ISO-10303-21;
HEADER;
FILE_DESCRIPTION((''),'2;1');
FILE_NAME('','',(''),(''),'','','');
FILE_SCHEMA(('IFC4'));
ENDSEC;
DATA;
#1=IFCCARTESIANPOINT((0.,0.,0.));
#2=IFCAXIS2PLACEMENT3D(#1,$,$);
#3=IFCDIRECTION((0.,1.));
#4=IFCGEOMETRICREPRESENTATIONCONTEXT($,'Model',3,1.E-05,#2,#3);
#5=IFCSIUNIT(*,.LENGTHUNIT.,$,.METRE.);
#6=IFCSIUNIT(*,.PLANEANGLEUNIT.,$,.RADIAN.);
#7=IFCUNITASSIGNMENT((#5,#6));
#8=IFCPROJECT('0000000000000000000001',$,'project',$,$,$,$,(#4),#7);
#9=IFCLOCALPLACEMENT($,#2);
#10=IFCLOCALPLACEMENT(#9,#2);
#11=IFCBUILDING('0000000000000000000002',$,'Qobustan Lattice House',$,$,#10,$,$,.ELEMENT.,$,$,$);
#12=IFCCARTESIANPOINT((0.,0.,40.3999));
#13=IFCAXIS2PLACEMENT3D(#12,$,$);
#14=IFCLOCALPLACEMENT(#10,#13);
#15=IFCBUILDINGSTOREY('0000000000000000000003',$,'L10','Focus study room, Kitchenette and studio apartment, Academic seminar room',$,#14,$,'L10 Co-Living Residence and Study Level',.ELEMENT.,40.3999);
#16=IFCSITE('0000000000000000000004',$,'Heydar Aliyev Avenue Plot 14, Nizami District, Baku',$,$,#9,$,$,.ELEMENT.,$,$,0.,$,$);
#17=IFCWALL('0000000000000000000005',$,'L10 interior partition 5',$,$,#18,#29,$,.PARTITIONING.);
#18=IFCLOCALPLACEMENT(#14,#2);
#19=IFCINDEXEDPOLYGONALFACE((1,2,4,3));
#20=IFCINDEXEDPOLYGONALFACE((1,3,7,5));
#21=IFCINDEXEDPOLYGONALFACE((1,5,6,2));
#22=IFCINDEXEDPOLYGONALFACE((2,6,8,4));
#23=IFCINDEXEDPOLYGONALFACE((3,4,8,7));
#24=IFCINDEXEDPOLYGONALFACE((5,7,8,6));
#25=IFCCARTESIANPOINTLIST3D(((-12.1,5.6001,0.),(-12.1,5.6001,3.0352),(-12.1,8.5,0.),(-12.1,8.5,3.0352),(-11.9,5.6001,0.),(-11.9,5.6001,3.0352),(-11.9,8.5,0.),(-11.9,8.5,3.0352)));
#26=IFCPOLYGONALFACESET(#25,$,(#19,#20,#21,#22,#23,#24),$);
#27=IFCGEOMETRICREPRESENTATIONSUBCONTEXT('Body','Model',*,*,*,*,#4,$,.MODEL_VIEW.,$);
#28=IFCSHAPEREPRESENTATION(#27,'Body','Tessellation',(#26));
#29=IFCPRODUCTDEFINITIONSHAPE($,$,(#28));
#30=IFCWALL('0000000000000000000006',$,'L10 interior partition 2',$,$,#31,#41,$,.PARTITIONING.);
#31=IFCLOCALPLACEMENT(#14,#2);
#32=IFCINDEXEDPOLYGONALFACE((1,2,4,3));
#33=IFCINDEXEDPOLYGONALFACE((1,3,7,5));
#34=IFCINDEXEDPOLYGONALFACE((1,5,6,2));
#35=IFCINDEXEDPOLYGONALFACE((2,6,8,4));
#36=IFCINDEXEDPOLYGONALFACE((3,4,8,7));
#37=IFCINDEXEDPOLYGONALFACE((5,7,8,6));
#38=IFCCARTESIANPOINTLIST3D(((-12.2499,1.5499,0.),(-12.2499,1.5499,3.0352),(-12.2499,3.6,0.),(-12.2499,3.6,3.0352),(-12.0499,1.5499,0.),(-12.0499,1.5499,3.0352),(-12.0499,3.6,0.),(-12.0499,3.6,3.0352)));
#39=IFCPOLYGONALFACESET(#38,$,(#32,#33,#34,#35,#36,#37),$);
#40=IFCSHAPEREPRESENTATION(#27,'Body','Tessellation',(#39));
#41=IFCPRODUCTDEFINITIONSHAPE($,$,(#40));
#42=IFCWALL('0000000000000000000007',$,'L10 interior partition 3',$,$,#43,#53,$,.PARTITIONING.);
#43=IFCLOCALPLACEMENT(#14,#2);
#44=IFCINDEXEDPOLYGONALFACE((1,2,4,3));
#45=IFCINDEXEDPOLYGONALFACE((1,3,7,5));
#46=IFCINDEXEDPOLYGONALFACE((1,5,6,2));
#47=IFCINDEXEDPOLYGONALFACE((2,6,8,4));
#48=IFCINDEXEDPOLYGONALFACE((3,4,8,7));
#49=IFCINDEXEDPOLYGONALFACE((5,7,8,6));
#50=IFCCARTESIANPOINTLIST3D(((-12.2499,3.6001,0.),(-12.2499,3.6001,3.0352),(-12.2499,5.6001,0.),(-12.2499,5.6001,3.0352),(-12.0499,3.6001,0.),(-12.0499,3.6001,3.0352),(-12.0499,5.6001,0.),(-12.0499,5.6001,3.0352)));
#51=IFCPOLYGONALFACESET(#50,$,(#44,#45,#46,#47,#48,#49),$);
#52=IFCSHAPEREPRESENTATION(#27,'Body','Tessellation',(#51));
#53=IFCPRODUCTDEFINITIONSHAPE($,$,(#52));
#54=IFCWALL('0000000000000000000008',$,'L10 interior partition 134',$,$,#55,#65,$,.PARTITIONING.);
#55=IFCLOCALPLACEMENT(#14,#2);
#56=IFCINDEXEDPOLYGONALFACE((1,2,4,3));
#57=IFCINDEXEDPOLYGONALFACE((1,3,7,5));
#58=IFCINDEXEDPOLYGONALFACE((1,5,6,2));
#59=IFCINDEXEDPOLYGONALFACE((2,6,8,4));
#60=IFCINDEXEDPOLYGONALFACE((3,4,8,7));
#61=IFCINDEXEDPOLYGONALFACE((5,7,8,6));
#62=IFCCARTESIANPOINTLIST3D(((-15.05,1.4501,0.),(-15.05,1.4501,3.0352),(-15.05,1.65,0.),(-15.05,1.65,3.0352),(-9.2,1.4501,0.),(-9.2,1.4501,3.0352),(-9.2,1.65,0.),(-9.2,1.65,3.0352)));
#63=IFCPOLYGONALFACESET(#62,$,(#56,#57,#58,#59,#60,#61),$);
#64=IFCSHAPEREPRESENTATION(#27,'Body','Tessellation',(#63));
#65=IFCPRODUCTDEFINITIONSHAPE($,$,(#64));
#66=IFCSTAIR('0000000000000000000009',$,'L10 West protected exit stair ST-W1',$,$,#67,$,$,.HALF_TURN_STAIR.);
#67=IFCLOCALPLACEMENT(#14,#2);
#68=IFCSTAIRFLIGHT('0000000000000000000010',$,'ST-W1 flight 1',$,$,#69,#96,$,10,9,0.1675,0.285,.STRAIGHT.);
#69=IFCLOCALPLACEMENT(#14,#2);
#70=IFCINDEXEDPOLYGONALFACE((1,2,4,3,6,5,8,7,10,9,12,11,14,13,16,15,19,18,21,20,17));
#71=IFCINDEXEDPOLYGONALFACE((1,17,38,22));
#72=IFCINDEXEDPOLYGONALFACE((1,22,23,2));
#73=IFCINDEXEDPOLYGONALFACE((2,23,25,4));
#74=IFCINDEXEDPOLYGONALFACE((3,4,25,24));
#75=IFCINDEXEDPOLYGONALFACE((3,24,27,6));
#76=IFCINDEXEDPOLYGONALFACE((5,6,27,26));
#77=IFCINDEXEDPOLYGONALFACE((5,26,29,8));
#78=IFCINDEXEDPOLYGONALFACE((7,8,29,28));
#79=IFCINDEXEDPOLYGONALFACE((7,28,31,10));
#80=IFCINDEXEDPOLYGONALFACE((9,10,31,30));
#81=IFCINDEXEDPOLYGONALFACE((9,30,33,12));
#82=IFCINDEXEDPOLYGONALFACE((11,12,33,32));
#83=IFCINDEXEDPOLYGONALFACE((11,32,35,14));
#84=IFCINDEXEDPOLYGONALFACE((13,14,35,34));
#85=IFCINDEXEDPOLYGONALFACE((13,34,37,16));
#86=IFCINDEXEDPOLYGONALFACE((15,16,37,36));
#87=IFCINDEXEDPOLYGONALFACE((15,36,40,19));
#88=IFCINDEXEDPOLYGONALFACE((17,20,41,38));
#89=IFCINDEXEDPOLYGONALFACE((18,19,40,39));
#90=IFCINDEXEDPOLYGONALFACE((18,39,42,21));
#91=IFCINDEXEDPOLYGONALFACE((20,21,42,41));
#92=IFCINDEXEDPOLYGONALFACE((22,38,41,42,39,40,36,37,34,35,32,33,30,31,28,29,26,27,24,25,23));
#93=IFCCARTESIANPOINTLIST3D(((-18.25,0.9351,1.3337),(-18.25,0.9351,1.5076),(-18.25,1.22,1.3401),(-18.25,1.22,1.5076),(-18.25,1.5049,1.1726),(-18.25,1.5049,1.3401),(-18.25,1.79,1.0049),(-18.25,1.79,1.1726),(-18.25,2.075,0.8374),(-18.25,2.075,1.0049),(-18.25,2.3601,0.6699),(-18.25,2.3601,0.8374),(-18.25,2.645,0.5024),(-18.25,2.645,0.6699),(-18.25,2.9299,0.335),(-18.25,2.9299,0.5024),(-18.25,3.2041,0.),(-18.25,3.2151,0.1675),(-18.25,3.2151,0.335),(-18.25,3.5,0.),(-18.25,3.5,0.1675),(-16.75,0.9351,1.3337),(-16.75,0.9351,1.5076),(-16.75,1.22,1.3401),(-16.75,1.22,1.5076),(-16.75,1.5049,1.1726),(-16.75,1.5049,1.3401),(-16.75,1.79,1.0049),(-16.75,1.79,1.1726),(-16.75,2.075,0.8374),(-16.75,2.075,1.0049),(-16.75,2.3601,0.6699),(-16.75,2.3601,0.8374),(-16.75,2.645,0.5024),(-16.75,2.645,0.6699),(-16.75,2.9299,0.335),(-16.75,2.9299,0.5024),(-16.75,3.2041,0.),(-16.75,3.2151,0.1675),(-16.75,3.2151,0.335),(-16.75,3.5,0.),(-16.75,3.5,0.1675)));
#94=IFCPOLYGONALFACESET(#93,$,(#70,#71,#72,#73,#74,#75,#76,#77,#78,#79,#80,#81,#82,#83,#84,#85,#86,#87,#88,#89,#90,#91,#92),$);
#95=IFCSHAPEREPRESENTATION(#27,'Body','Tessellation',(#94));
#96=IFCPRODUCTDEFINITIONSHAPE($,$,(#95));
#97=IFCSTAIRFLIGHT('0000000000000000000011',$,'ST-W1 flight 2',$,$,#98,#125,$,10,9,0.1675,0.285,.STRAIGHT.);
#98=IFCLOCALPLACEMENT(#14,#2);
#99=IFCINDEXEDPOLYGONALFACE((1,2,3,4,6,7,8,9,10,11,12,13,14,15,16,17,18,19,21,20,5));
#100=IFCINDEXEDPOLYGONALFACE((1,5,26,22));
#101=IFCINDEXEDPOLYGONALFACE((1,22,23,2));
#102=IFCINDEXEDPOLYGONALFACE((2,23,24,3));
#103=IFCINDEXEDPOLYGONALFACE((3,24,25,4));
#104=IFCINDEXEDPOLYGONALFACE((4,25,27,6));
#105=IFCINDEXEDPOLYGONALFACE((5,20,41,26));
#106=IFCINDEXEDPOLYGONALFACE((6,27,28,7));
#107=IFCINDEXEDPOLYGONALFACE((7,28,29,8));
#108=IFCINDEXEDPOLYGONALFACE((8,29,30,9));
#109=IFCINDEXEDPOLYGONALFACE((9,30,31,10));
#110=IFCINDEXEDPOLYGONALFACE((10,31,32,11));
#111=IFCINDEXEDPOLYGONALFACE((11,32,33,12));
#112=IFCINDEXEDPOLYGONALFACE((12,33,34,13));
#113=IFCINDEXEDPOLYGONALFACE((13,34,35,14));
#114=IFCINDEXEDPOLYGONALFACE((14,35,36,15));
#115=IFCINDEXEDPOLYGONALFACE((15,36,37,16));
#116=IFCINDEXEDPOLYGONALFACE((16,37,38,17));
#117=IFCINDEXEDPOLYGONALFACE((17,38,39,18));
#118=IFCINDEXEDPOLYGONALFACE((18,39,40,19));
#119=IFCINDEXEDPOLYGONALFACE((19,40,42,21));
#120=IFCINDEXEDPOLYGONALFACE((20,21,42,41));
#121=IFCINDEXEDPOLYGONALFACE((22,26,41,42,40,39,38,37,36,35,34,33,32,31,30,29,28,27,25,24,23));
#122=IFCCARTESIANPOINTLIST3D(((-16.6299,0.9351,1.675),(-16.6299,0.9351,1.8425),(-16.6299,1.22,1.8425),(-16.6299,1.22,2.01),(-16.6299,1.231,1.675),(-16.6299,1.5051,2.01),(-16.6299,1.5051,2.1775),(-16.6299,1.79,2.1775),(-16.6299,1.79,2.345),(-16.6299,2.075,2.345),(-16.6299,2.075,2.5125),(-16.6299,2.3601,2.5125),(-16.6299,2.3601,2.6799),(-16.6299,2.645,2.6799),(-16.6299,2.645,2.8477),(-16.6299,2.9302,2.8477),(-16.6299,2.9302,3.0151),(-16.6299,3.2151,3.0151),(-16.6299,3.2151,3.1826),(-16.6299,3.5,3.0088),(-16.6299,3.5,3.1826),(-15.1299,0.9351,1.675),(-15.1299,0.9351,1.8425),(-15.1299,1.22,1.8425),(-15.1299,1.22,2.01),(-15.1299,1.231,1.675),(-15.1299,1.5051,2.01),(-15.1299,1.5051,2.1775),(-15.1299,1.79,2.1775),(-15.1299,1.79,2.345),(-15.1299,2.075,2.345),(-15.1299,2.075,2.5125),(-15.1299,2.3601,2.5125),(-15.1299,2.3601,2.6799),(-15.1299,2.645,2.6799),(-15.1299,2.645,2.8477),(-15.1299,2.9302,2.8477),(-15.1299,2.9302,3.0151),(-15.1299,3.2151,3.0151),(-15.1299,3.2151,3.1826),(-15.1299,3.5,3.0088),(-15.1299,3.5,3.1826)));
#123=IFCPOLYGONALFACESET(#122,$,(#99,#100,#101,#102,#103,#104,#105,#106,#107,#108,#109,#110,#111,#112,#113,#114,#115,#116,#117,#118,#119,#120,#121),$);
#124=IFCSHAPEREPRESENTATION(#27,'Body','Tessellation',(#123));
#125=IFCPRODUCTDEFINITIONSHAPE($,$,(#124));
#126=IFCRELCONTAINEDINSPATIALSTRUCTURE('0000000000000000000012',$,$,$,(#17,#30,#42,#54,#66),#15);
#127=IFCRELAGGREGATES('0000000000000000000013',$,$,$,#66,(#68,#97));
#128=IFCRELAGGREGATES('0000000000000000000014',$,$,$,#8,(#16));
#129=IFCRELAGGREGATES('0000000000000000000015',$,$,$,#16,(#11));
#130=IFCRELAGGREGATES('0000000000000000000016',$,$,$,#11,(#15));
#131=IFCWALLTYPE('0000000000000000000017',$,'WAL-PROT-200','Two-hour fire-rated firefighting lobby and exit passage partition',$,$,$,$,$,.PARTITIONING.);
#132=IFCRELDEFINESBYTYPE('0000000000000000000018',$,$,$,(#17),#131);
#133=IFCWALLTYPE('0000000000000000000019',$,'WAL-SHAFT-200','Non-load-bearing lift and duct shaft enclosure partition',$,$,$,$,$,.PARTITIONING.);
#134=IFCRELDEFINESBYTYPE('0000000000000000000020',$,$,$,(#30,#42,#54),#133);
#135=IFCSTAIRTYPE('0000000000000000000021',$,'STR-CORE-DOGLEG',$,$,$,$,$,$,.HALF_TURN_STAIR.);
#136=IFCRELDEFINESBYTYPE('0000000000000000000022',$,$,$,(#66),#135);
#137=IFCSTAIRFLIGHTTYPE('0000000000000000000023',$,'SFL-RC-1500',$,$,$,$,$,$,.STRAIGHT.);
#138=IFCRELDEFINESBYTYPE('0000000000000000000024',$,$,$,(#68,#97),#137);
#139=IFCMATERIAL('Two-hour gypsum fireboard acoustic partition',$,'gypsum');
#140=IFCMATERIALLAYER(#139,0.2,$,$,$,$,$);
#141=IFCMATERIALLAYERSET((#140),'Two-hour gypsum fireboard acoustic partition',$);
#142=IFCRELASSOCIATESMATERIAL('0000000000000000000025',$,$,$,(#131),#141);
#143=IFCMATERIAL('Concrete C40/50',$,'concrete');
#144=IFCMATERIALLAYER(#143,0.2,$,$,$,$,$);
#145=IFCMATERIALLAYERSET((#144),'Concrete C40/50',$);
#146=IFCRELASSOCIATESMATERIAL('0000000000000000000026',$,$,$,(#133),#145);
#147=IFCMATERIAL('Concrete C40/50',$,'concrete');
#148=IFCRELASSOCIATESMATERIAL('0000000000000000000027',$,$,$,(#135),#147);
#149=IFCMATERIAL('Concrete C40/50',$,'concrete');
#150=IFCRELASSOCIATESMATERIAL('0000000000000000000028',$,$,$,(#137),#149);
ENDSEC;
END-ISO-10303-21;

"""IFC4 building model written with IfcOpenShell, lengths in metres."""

from ifc_helpers import new_model, si_unit, direction, frame, frame_2d, origin, place, context, subcontext, project, spatial, polyline, rectangle, outline, extrude, material, layer, layer_set, type_object, element, aggregate, save


model = new_model("IFC4")

# Units and contexts
model_context = context("Model", 3, precision=1e-05, world=origin(), true_north=direction((0.0, 1.0)))
body_context = subcontext(model_context, "Body", "Model", "MODEL_VIEW")
ifc_project = project(units=[si_unit("LENGTHUNIT", "METRE"), si_unit("PLANEANGLEUNIT", "RADIAN")], contexts=[model_context])

# Site, building, storey
site_placement = place(None, origin())
site = spatial("IfcSite", under=ifc_project, at=site_placement, Name="Heydar Aliyev Avenue Plot 14, Nizami District, Baku", CompositionType="ELEMENT", RefElevation=0.0)
building_placement = place(site_placement, origin())
building = spatial("IfcBuilding", under=site, at=building_placement, Name="Qobustan Lattice House", CompositionType="ELEMENT")
storey_placement = place(building_placement, frame((0.0, 0.0, 40.3999)))
storey = spatial("IfcBuildingStorey", under=building, at=storey_placement, Name="L10", Description="Focus study room, Kitchenette and studio apartment, Academic seminar room", LongName="L10 Co-Living Residence and Study Level", CompositionType="ELEMENT", Elevation=40.3999)

# Walls
ifc_material_1 = material(Name="Two-hour gypsum fireboard acoustic partition", Category="gypsum")
ifc_layer_1 = layer(ifc_material_1, 0.2)
ifc_layer_set_1 = layer_set([ifc_layer_1], Name="Two-hour gypsum fireboard acoustic partition")
wall_type_1 = type_object("IfcWallType", Name="WAL-PROT-200", Description="Two-hour fire-rated firefighting lobby and exit passage partition", PredefinedType="PARTITIONING", material=ifc_layer_set_1)
wall_1_placement = place(storey_placement, frame((-12.0, 5.6001, 0.0), z_axis=(0.0, 0.0, 1.0), x_axis=(0.0, 1.0, 0.0)))
element("IfcWall", 1, at=wall_1_placement, inside=storey, type_object=wall_type_1, Name="L10 interior partition 5", PredefinedType="PARTITIONING", context=body_context, shape_type="SweptSolid", body=[
    extrude(rectangle(XDim=2.8999, YDim=0.2, at=frame_2d((1.45, 0.0))), origin(), (0.0, 0.0, 1.0), 3.0352),
])
ifc_material_2 = material(Name="Concrete C40/50", Category="concrete")
ifc_layer_2 = layer(ifc_material_2, 0.2)
ifc_layer_set_2 = layer_set([ifc_layer_2], Name="Concrete C40/50")
wall_type_2 = type_object("IfcWallType", Name="WAL-SHAFT-200", Description="Non-load-bearing lift and duct shaft enclosure partition", PredefinedType="PARTITIONING", material=ifc_layer_set_2)
wall_2_placement = place(storey_placement, frame((-12.1499, 1.55, 0.0), z_axis=(0.0, 0.0, 1.0), x_axis=(0.0, 1.0, 0.0)))
element("IfcWall", 2, at=wall_2_placement, inside=storey, type_object=wall_type_2, Name="L10 interior partition 2", PredefinedType="PARTITIONING", context=body_context, shape_type="SweptSolid", body=[
    extrude(rectangle(XDim=2.05, YDim=0.2, at=frame_2d((1.0249, 0.0))), origin(), (0.0, 0.0, 1.0), 3.0352),
])
wall_3_placement = place(storey_placement, frame((-12.1499, 3.6001, 0.0), z_axis=(0.0, 0.0, 1.0), x_axis=(0.0, 1.0, 0.0)))
element("IfcWall", 3, at=wall_3_placement, inside=storey, type_object=wall_type_2, Name="L10 interior partition 3", PredefinedType="PARTITIONING", context=body_context, shape_type="SweptSolid", body=[
    extrude(rectangle(XDim=2.0, YDim=0.2, at=frame_2d((1.0, 0.0))), origin(), (0.0, 0.0, 1.0), 3.0352),
])
wall_4_placement = place(storey_placement, frame((-15.05, 1.55, 0.0), z_axis=(0.0, 0.0, 1.0), x_axis=(1.0, 0.0, 0.0)))
element("IfcWall", 4, at=wall_4_placement, inside=storey, type_object=wall_type_2, Name="L10 interior partition 134", PredefinedType="PARTITIONING", context=body_context, shape_type="SweptSolid", body=[
    extrude(rectangle(XDim=5.8501, YDim=0.2, at=frame_2d((2.925, 0.0))), origin(), (0.0, 0.0, 1.0), 3.0352),
])

# Stair, stair flights
ifc_material_3 = material(Name="Concrete C40/50", Category="concrete")
stair_type = type_object("IfcStairType", Name="STR-CORE-DOGLEG", PredefinedType="HALF_TURN_STAIR", material=ifc_material_3)
stair_placement = place(storey_placement, origin())
stair = element("IfcStair", 5, at=stair_placement, inside=storey, type_object=stair_type, Name="L10 West protected exit stair ST-W1", PredefinedType="HALF_TURN_STAIR")
ifc_material_4 = material(Name="Concrete C40/50", Category="concrete")
stair_flight_type = type_object("IfcStairFlightType", Name="SFL-RC-1500", PredefinedType="STRAIGHT", material=ifc_material_4)
stair_flight_1_placement = place(storey_placement, frame((-17.5, 3.5, 0.0), z_axis=(0.0, 0.0, 1.0), x_axis=(0.0, -1.0, 0.0)))
stair_flight_1 = element("IfcStairFlight", 6, at=stair_flight_1_placement, type_object=stair_flight_type, Name="ST-W1 flight 1", NumberOfRisers=10, NumberOfTreads=9, PredefinedType="STRAIGHT", RiserHeight=0.1675, TreadLength=0.285, context=body_context, shape_type="SweptSolid", body=[
    extrude(outline(polyline([(0.0, 0.0), (0.0, 0.1675), (0.2849, 0.1675), (0.2849, 0.335), (0.5701, 0.335), (0.5701, 0.5024), (0.855, 0.5024), (0.855, 0.6699), (1.1399, 0.6699), (1.1399, 0.8374), (1.425, 0.8374), (1.425, 1.0049), (1.71, 1.0049), (1.71, 1.1726), (1.9951, 1.1726), (1.9951, 1.3401), (2.28, 1.3401), (2.28, 1.5076), (2.5649, 1.5076), (2.5649, 1.675), (2.5649, 1.3337), (0.2959, 0.0), (0.0, 0.0)])), frame((0.0, 0.75, 0.0), z_axis=(0.0, -1.0, 0.0), x_axis=(1.0, 0.0, 0.0)), (0.0, 0.0, 1.0), 1.5),
])
stair_flight_2_placement = place(storey_placement, frame((-15.8799, 0.9351, 1.675), z_axis=(0.0, 0.0, 1.0), x_axis=(0.0, 1.0, 0.0)))
stair_flight_2 = element("IfcStairFlight", 7, at=stair_flight_2_placement, type_object=stair_flight_type, Name="ST-W1 flight 2", NumberOfRisers=10, NumberOfTreads=9, PredefinedType="STRAIGHT", RiserHeight=0.1675, TreadLength=0.285, context=body_context, shape_type="SweptSolid", body=[
    extrude(outline(polyline([(0.0, 0.0), (0.0, 0.1675), (0.2849, 0.1675), (0.2849, 0.335), (0.5701, 0.335), (0.5701, 0.5024), (0.855, 0.5024), (0.855, 0.6699), (1.1399, 0.6699), (1.1399, 0.8374), (1.425, 0.8374), (1.425, 1.0049), (1.71, 1.0049), (1.71, 1.1726), (1.9951, 1.1726), (1.9951, 1.3401), (2.28, 1.3401), (2.28, 1.5076), (2.5649, 1.5076), (2.5649, 1.675), (2.5649, 1.3337), (0.2959, 0.0), (0.0, 0.0)])), frame((0.0, 0.75, 0.0), z_axis=(0.0, -1.0, 0.0), x_axis=(1.0, 0.0, 0.0)), (0.0, 0.0, 1.0), 1.5),
])
aggregate(stair, [stair_flight_1, stair_flight_2])

save(model, "model.ifc")
